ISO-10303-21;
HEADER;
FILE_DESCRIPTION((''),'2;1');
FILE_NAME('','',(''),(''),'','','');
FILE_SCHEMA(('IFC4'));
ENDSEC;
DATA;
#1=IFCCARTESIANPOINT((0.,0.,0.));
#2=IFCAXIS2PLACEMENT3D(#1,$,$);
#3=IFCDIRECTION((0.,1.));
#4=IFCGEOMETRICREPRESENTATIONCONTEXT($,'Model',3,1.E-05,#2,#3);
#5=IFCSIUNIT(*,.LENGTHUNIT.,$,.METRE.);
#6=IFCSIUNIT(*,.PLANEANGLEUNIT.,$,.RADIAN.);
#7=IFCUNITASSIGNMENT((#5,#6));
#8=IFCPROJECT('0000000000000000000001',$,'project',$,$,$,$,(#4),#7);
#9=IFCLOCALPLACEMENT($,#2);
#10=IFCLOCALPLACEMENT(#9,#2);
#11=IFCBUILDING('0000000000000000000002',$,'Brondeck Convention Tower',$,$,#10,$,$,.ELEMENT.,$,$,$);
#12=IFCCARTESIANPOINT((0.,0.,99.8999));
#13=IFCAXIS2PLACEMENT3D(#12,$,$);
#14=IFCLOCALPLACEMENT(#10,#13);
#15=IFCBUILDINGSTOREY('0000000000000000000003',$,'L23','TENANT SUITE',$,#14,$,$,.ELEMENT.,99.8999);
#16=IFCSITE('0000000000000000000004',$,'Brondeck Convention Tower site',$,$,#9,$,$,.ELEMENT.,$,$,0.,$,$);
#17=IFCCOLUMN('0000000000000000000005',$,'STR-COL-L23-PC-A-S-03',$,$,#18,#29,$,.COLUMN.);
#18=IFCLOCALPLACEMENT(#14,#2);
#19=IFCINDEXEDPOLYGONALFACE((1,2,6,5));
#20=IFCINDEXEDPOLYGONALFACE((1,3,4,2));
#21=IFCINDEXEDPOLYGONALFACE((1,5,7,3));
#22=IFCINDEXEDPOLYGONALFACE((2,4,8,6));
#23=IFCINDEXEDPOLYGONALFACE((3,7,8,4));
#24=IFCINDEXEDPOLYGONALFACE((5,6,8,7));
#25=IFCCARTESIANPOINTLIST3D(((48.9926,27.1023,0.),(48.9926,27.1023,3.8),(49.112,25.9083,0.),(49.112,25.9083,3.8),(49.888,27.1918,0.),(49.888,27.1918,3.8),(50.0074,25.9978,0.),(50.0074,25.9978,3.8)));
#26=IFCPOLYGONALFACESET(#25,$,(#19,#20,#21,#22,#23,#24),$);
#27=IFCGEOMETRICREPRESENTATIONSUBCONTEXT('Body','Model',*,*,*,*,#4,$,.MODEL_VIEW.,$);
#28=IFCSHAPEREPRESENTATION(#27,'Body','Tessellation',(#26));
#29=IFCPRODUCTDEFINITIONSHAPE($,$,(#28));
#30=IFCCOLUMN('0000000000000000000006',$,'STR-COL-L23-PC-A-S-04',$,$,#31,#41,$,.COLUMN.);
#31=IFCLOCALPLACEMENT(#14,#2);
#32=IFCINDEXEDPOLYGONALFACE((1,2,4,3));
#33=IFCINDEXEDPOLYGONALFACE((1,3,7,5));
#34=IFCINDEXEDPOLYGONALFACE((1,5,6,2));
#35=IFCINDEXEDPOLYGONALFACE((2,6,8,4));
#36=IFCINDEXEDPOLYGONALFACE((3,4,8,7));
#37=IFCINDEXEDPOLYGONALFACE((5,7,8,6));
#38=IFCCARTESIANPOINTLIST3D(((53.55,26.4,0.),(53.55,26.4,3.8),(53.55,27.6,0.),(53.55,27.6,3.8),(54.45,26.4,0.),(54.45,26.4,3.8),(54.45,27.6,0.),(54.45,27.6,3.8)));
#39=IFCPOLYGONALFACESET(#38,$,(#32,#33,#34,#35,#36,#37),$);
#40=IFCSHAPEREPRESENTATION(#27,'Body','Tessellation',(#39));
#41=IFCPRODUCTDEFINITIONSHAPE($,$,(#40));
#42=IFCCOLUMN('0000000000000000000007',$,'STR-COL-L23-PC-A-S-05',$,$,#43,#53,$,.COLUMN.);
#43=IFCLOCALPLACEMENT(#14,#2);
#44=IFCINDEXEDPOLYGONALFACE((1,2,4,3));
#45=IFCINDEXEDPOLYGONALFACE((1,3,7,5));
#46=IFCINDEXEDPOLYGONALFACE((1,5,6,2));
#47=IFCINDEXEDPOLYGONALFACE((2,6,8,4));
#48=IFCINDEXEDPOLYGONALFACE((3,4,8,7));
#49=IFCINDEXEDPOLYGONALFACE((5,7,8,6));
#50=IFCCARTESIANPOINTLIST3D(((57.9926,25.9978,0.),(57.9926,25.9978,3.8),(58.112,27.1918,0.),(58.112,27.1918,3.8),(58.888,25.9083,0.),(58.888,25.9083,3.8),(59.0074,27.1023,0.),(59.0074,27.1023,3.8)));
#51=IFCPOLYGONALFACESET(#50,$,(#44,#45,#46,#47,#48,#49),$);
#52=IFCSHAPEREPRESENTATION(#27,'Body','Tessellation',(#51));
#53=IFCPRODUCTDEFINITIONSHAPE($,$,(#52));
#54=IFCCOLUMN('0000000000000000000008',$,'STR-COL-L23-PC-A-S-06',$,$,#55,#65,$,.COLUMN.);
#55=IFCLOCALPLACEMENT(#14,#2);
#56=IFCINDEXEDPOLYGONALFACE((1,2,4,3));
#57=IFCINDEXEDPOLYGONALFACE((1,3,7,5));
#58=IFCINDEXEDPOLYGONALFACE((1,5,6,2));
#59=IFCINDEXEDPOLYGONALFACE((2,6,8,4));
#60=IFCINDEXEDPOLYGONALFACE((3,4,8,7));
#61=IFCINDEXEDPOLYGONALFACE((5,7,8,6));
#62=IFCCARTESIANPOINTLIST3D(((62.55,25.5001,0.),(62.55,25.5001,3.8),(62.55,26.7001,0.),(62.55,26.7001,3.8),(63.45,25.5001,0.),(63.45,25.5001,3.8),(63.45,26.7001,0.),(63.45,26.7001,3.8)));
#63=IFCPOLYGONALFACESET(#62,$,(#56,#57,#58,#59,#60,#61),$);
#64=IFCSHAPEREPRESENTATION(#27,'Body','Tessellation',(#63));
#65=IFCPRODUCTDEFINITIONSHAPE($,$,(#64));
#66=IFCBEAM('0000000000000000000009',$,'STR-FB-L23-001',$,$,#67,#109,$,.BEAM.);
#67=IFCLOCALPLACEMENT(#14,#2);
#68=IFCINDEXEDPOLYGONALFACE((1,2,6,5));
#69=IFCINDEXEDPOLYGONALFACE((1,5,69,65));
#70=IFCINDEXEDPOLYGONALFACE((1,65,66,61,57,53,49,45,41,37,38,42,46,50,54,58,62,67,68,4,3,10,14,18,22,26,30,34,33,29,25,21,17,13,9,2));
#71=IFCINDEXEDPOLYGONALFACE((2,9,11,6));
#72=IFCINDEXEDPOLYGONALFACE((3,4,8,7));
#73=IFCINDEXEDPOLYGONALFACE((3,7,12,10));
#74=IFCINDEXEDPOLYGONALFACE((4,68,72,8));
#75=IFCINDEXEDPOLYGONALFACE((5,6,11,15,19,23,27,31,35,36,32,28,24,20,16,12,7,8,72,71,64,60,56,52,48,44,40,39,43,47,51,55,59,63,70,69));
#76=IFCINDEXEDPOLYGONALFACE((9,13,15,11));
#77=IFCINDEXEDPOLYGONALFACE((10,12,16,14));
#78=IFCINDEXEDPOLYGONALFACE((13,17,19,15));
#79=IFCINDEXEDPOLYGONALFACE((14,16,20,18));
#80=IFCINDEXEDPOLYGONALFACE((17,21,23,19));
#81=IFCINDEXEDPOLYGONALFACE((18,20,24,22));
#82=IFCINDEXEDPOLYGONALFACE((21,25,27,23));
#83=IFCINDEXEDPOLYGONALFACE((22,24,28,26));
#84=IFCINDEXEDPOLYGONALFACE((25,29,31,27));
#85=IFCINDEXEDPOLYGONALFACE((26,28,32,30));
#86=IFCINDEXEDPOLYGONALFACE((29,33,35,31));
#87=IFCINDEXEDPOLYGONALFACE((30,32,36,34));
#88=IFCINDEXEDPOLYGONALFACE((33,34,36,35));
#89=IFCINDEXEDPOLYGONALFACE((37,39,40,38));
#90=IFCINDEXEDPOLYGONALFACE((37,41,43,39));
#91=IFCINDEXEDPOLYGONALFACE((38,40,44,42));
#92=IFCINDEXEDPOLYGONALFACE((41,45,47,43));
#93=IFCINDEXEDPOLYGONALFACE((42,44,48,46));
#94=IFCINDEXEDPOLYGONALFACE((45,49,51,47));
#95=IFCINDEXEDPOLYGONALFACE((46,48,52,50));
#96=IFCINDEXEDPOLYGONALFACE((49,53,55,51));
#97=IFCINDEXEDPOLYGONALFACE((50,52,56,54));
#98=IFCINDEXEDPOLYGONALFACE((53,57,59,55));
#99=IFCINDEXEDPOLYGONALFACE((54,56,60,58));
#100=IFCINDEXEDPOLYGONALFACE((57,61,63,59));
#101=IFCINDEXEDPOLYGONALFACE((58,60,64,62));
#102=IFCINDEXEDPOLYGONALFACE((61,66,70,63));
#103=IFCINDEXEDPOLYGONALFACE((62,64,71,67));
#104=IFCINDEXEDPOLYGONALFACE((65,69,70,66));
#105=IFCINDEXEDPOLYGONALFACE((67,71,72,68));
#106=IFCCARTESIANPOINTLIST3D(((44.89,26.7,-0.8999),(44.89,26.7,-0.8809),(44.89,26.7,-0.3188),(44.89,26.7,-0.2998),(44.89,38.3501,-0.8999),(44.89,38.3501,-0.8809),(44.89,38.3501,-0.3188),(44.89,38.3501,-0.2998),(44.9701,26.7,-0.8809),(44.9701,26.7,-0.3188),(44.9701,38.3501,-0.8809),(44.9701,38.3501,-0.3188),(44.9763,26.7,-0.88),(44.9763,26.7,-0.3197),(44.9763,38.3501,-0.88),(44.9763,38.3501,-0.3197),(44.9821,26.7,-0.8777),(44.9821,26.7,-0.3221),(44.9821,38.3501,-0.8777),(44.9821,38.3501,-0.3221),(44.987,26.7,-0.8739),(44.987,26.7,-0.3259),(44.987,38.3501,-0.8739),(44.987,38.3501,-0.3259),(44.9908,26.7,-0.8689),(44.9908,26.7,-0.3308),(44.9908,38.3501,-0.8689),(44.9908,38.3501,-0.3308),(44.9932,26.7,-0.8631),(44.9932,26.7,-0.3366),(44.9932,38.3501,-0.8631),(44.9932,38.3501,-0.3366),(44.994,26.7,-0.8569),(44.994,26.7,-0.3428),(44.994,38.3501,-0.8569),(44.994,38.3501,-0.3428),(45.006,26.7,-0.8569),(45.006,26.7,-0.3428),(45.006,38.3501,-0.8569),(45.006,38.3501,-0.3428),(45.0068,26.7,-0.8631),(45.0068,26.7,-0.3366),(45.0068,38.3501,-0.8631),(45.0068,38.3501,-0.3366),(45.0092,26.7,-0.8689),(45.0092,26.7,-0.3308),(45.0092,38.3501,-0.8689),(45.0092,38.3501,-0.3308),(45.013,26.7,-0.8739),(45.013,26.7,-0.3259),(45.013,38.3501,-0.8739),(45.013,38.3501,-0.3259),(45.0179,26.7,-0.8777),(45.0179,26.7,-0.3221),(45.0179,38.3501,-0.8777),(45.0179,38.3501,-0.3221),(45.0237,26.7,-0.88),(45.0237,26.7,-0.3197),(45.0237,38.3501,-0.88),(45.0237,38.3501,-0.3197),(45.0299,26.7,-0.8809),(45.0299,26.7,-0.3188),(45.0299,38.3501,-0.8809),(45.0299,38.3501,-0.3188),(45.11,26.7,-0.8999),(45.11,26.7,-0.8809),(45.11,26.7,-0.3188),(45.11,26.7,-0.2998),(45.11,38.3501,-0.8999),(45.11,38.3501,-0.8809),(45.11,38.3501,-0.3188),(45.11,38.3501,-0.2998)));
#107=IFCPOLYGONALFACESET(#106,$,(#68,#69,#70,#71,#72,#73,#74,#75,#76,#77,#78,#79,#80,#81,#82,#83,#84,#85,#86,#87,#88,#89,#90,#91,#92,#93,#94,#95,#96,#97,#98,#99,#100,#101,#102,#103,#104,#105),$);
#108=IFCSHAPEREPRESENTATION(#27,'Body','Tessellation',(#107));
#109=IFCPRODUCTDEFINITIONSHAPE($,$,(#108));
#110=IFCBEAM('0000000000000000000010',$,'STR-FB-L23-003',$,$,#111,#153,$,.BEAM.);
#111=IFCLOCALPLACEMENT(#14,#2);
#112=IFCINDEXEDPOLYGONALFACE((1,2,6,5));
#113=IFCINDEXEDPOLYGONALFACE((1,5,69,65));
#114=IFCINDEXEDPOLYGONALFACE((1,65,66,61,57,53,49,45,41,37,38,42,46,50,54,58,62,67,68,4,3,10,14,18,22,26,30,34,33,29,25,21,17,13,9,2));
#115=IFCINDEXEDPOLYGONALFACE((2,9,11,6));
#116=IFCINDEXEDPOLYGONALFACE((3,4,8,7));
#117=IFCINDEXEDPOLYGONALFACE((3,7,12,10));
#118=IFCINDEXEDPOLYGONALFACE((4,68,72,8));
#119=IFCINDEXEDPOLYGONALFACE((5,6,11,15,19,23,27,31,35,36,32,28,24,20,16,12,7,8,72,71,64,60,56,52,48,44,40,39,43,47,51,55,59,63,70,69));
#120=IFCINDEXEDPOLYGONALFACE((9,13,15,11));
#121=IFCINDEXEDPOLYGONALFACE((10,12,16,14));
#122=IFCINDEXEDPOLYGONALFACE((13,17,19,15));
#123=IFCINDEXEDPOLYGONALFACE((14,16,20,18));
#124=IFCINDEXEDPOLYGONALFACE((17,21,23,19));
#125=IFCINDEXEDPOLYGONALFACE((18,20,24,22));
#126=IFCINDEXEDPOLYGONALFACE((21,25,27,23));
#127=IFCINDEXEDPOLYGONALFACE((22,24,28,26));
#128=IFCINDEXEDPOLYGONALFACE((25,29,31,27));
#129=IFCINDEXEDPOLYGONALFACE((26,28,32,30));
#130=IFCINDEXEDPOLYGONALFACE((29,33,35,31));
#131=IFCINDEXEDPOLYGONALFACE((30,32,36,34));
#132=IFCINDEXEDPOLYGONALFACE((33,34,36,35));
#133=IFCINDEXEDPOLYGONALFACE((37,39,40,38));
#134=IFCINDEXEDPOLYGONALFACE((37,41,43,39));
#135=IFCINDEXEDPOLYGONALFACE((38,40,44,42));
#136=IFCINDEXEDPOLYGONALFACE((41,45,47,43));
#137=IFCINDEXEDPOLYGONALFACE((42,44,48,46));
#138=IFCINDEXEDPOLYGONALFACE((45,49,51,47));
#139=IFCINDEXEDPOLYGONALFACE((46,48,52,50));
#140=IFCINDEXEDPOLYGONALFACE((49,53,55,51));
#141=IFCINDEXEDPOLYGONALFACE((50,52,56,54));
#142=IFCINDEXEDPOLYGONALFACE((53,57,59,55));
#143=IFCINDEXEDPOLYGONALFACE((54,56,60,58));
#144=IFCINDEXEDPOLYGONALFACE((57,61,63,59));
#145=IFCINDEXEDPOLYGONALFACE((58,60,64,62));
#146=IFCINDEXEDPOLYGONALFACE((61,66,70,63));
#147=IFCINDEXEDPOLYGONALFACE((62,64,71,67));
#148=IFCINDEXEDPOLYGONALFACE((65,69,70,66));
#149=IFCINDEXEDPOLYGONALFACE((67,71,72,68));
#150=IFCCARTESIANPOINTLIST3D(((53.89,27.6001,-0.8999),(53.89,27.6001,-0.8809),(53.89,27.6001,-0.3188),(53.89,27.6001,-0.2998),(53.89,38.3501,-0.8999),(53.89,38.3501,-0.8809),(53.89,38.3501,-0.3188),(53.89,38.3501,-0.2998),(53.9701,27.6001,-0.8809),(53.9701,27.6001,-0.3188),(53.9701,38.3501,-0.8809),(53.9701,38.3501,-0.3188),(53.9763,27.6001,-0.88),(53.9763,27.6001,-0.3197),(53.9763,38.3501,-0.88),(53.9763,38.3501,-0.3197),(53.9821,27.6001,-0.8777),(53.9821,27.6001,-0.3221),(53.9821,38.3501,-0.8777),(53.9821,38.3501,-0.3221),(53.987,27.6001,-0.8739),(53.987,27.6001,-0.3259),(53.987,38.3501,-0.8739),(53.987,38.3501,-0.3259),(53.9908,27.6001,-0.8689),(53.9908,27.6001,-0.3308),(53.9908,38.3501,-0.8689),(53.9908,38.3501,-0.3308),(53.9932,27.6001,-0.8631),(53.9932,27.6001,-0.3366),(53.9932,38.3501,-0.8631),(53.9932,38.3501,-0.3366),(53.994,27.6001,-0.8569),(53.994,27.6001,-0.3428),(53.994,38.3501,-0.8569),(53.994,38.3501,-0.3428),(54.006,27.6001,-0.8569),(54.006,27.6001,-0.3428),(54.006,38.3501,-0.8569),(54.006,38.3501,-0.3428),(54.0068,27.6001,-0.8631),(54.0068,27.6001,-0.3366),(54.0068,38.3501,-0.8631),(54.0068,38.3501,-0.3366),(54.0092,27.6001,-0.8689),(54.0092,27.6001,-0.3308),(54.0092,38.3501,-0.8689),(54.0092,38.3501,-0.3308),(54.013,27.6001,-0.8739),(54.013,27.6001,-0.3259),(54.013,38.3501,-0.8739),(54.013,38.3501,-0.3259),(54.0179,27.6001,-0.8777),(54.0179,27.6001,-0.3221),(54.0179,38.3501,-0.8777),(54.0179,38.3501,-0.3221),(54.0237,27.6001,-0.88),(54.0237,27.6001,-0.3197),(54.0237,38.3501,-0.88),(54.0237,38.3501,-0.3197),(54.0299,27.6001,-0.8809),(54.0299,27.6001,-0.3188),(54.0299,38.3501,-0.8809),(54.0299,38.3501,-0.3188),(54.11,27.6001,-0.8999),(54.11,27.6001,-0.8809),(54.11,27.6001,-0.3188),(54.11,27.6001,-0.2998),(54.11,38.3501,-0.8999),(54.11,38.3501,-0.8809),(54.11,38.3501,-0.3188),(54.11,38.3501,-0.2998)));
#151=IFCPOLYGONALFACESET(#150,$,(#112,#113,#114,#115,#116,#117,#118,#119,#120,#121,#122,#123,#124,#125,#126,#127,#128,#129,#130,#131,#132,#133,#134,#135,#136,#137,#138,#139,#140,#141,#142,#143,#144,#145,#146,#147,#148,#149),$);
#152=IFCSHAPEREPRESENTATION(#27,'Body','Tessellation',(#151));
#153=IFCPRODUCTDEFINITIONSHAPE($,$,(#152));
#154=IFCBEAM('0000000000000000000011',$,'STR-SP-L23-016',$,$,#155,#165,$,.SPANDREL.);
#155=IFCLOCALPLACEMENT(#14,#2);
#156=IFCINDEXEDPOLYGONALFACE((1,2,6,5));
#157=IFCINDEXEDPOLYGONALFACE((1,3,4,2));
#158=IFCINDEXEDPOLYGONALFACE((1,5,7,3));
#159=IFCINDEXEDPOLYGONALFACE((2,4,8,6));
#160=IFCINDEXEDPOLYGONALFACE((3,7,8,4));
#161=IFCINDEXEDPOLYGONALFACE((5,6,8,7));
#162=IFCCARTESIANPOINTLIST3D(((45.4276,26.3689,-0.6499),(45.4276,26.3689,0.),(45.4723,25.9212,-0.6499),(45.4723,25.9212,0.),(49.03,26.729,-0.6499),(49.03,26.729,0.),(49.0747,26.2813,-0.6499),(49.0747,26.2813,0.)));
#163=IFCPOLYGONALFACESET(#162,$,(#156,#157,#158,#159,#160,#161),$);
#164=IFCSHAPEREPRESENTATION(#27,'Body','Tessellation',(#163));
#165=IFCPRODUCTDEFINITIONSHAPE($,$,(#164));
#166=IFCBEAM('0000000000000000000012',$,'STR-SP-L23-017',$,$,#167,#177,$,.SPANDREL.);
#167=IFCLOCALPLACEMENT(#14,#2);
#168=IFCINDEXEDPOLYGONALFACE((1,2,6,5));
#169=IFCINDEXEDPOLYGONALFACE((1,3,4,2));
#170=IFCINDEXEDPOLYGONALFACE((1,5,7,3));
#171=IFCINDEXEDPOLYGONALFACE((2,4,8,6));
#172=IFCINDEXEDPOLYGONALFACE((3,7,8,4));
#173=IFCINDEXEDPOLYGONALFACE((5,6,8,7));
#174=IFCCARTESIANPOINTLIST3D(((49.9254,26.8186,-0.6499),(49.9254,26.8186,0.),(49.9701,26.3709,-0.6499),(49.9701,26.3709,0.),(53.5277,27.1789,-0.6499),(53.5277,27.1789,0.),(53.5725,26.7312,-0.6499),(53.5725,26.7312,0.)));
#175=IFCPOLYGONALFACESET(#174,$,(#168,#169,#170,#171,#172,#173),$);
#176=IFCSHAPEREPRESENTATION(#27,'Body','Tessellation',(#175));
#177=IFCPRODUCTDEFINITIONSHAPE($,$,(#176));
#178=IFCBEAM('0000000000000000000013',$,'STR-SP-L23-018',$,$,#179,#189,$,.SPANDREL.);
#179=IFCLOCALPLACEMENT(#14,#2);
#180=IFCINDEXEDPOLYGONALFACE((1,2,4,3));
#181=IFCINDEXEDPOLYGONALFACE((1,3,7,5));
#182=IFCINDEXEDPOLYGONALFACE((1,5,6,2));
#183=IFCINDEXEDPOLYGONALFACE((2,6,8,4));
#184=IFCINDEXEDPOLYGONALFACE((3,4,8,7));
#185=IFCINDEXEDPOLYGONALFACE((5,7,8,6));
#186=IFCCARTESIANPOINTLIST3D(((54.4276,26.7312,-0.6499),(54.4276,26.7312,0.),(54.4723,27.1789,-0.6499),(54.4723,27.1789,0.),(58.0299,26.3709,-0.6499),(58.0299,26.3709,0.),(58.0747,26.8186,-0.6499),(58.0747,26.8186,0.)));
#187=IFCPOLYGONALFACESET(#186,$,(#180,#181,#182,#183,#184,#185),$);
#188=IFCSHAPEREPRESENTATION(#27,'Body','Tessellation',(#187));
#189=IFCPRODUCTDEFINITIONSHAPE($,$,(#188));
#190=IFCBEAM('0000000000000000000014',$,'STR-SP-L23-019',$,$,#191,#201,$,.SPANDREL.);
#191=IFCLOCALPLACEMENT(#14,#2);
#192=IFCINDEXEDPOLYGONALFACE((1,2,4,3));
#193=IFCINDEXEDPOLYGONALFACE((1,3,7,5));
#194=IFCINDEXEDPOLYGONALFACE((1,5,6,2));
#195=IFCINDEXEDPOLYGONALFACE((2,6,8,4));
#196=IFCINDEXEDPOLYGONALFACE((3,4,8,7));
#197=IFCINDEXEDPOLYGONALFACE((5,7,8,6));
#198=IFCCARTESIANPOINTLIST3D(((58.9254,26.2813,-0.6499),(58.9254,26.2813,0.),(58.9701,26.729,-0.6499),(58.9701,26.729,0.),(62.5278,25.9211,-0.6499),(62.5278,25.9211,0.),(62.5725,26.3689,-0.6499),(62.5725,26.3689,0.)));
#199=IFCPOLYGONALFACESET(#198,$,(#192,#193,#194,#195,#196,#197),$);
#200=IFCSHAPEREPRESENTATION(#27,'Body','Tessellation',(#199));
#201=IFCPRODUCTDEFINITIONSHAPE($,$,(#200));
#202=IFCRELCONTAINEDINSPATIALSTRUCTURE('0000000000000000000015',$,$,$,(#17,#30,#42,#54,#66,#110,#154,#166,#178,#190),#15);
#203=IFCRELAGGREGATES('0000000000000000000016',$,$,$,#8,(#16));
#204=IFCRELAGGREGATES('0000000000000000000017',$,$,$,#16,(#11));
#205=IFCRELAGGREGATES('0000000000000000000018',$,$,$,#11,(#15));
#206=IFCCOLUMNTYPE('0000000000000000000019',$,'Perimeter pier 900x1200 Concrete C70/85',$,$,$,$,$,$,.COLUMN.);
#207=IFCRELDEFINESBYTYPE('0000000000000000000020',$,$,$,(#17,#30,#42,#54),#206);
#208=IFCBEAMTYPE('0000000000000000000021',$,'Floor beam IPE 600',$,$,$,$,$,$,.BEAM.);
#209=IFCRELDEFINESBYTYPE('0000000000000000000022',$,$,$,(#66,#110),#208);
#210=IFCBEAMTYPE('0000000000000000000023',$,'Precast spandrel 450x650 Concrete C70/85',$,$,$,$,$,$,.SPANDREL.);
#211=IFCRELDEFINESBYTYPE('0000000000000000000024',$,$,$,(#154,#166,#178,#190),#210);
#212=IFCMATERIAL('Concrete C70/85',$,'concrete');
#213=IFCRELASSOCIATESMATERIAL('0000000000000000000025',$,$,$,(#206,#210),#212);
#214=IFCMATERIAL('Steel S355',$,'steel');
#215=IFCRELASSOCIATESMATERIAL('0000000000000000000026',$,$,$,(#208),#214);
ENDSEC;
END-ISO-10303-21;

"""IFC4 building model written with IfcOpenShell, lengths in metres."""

from ifc_helpers import new_model, si_unit, direction, frame, origin, origin_2d, place, context, subcontext, project, spatial, rectangle, i_section, extrude, material, material_profile, profile_set, type_object, element, save


model = new_model("IFC4")

# Units and contexts
model_context = context("Model", 3, precision=1e-05, world=origin(), true_north=direction((0.0, 1.0)))
body_context = subcontext(model_context, "Body", "Model", "MODEL_VIEW")
ifc_project = project(units=[si_unit("LENGTHUNIT", "METRE"), si_unit("PLANEANGLEUNIT", "RADIAN")], contexts=[model_context])

# Site, building, storey
site_placement = place(None, origin())
site = spatial("IfcSite", under=ifc_project, at=site_placement, Name="Brondeck Convention Tower site", CompositionType="ELEMENT", RefElevation=0.0)
building_placement = place(site_placement, origin())
building = spatial("IfcBuilding", under=site, at=building_placement, Name="Brondeck Convention Tower", CompositionType="ELEMENT")
storey_placement = place(building_placement, frame((0.0, 0.0, 99.8999)))
storey = spatial("IfcBuildingStorey", under=building, at=storey_placement, Name="L23", Description="TENANT SUITE", CompositionType="ELEMENT", Elevation=99.8999)

# Columns
ifc_material_1 = material(Name="Concrete C70/85", Category="concrete")
ifc_material_profile_1 = material_profile(ifc_material_1, rectangle(XDim=0.8999, YDim=1.2, at=origin_2d()), Name="Perimeter pier 900x1200 Concrete C70/85")
ifc_profile_set_1 = profile_set([ifc_material_profile_1], Name="Concrete C70/85")
column_type = type_object("IfcColumnType", Name="Perimeter pier 900x1200 Concrete C70/85", PredefinedType="COLUMN", material=ifc_profile_set_1)
for number, where, z_axis, x_axis, name in (
    (1, (49.5, 26.55, 0.0), (0.0, 0.0, 1.0), (0.995037, 0.099504, 0.0), "STR-COL-L23-PC-A-S-03"),
    (2, (54.0, 27.0, 0.0), (0.0, 0.0, 1.0), (1.0, 0.0, 0.0), "STR-COL-L23-PC-A-S-04"),
    (3, (58.5, 26.55, 0.0), (0.0, 0.0, 1.0), (0.995037, -0.099504, 0.0), "STR-COL-L23-PC-A-S-05"),
    (4, (63.0, 26.1001, 0.0), (0.0, 0.0, 1.0), (1.0, 0.0, 0.0), "STR-COL-L23-PC-A-S-06"),
):
    element("IfcColumn", number, at=place(storey_placement, frame(where, z_axis=z_axis, x_axis=x_axis)), inside=storey, type_object=column_type, Name=name, PredefinedType="COLUMN", context=body_context, shape_type="SweptSolid", body=[
        extrude(rectangle(XDim=0.8999, YDim=1.2, at=origin_2d()), origin(), (0.0, 0.0, 1.0), 3.8),
    ])

# Beams
ifc_material_2 = material(Name="Steel S355", Category="steel")
ifc_material_profile_2 = material_profile(ifc_material_2, i_section(OverallWidth=0.22, OverallDepth=0.6001, WebThickness=0.012, FlangeThickness=0.019, FilletRadius=0.0239, at=origin_2d()), Name="IPE 600")
ifc_profile_set_2 = profile_set([ifc_material_profile_2], Name="Steel S355")
beam_type_1 = type_object("IfcBeamType", Name="Floor beam IPE 600", PredefinedType="BEAM", material=ifc_profile_set_2)
beam_1_placement = place(storey_placement, frame((45.0, 26.7, -0.5999), z_axis=(0.0, 1.0, 0.0), x_axis=(-1.0, 0.0, 0.0)))
element("IfcBeam", 5, at=beam_1_placement, inside=storey, type_object=beam_type_1, Name="STR-FB-L23-001", PredefinedType="BEAM", context=body_context, shape_type="SweptSolid", body=[
    extrude(i_section(OverallWidth=0.22, OverallDepth=0.6001, WebThickness=0.012, FlangeThickness=0.019, FilletRadius=0.0239, at=origin_2d()), origin(), (0.0, 0.0, 1.0), 11.6501),
])
beam_2_placement = place(storey_placement, frame((54.0, 27.6001, -0.5999), z_axis=(0.0, 1.0, 0.0), x_axis=(-1.0, 0.0, 0.0)))
element("IfcBeam", 6, at=beam_2_placement, inside=storey, type_object=beam_type_1, Name="STR-FB-L23-003", PredefinedType="BEAM", context=body_context, shape_type="SweptSolid", body=[
    extrude(i_section(OverallWidth=0.22, OverallDepth=0.6001, WebThickness=0.012, FlangeThickness=0.019, FilletRadius=0.0239, at=origin_2d()), origin(), (0.0, 0.0, 1.0), 10.75),
])
ifc_material_profile_3 = material_profile(ifc_material_1, rectangle(XDim=0.45, YDim=0.6499, at=origin_2d()), Name="Precast spandrel 450x650 Concrete C70/85")
ifc_profile_set_3 = profile_set([ifc_material_profile_3], Name="Concrete C70/85")
beam_type_2 = type_object("IfcBeamType", Name="Precast spandrel 450x650 Concrete C70/85", PredefinedType="SPANDREL", material=ifc_profile_set_3)
for number, where, z_axis, x_axis, name in (
    (7, (45.45, 26.145, -0.325), (0.995041, 0.09947, 0.0), (-0.09947, 0.995041, 0.0), "STR-SP-L23-016"),
    (8, (49.9478, 26.5947, -0.325), (0.995034, 0.099537, 0.0), (-0.099537, 0.995034, 0.0), "STR-SP-L23-017"),
    (9, (54.45, 26.9551, -0.325), (0.995034, -0.099537, 0.0), (0.099537, 0.995034, 0.0), "STR-SP-L23-018"),
    (10, (58.9478, 26.5051, -0.325), (0.995041, -0.09947, 0.0), (0.09947, 0.995041, 0.0), "STR-SP-L23-019"),
):
    element("IfcBeam", number, at=place(storey_placement, frame(where, z_axis=z_axis, x_axis=x_axis)), inside=storey, type_object=beam_type_2, Name=name, PredefinedType="SPANDREL", context=body_context, shape_type="SweptSolid", body=[
        extrude(rectangle(XDim=0.45, YDim=0.6499, at=origin_2d()), origin(), (0.0, 0.0, 1.0), 3.6204),
    ])

save(model, "model.ifc")
